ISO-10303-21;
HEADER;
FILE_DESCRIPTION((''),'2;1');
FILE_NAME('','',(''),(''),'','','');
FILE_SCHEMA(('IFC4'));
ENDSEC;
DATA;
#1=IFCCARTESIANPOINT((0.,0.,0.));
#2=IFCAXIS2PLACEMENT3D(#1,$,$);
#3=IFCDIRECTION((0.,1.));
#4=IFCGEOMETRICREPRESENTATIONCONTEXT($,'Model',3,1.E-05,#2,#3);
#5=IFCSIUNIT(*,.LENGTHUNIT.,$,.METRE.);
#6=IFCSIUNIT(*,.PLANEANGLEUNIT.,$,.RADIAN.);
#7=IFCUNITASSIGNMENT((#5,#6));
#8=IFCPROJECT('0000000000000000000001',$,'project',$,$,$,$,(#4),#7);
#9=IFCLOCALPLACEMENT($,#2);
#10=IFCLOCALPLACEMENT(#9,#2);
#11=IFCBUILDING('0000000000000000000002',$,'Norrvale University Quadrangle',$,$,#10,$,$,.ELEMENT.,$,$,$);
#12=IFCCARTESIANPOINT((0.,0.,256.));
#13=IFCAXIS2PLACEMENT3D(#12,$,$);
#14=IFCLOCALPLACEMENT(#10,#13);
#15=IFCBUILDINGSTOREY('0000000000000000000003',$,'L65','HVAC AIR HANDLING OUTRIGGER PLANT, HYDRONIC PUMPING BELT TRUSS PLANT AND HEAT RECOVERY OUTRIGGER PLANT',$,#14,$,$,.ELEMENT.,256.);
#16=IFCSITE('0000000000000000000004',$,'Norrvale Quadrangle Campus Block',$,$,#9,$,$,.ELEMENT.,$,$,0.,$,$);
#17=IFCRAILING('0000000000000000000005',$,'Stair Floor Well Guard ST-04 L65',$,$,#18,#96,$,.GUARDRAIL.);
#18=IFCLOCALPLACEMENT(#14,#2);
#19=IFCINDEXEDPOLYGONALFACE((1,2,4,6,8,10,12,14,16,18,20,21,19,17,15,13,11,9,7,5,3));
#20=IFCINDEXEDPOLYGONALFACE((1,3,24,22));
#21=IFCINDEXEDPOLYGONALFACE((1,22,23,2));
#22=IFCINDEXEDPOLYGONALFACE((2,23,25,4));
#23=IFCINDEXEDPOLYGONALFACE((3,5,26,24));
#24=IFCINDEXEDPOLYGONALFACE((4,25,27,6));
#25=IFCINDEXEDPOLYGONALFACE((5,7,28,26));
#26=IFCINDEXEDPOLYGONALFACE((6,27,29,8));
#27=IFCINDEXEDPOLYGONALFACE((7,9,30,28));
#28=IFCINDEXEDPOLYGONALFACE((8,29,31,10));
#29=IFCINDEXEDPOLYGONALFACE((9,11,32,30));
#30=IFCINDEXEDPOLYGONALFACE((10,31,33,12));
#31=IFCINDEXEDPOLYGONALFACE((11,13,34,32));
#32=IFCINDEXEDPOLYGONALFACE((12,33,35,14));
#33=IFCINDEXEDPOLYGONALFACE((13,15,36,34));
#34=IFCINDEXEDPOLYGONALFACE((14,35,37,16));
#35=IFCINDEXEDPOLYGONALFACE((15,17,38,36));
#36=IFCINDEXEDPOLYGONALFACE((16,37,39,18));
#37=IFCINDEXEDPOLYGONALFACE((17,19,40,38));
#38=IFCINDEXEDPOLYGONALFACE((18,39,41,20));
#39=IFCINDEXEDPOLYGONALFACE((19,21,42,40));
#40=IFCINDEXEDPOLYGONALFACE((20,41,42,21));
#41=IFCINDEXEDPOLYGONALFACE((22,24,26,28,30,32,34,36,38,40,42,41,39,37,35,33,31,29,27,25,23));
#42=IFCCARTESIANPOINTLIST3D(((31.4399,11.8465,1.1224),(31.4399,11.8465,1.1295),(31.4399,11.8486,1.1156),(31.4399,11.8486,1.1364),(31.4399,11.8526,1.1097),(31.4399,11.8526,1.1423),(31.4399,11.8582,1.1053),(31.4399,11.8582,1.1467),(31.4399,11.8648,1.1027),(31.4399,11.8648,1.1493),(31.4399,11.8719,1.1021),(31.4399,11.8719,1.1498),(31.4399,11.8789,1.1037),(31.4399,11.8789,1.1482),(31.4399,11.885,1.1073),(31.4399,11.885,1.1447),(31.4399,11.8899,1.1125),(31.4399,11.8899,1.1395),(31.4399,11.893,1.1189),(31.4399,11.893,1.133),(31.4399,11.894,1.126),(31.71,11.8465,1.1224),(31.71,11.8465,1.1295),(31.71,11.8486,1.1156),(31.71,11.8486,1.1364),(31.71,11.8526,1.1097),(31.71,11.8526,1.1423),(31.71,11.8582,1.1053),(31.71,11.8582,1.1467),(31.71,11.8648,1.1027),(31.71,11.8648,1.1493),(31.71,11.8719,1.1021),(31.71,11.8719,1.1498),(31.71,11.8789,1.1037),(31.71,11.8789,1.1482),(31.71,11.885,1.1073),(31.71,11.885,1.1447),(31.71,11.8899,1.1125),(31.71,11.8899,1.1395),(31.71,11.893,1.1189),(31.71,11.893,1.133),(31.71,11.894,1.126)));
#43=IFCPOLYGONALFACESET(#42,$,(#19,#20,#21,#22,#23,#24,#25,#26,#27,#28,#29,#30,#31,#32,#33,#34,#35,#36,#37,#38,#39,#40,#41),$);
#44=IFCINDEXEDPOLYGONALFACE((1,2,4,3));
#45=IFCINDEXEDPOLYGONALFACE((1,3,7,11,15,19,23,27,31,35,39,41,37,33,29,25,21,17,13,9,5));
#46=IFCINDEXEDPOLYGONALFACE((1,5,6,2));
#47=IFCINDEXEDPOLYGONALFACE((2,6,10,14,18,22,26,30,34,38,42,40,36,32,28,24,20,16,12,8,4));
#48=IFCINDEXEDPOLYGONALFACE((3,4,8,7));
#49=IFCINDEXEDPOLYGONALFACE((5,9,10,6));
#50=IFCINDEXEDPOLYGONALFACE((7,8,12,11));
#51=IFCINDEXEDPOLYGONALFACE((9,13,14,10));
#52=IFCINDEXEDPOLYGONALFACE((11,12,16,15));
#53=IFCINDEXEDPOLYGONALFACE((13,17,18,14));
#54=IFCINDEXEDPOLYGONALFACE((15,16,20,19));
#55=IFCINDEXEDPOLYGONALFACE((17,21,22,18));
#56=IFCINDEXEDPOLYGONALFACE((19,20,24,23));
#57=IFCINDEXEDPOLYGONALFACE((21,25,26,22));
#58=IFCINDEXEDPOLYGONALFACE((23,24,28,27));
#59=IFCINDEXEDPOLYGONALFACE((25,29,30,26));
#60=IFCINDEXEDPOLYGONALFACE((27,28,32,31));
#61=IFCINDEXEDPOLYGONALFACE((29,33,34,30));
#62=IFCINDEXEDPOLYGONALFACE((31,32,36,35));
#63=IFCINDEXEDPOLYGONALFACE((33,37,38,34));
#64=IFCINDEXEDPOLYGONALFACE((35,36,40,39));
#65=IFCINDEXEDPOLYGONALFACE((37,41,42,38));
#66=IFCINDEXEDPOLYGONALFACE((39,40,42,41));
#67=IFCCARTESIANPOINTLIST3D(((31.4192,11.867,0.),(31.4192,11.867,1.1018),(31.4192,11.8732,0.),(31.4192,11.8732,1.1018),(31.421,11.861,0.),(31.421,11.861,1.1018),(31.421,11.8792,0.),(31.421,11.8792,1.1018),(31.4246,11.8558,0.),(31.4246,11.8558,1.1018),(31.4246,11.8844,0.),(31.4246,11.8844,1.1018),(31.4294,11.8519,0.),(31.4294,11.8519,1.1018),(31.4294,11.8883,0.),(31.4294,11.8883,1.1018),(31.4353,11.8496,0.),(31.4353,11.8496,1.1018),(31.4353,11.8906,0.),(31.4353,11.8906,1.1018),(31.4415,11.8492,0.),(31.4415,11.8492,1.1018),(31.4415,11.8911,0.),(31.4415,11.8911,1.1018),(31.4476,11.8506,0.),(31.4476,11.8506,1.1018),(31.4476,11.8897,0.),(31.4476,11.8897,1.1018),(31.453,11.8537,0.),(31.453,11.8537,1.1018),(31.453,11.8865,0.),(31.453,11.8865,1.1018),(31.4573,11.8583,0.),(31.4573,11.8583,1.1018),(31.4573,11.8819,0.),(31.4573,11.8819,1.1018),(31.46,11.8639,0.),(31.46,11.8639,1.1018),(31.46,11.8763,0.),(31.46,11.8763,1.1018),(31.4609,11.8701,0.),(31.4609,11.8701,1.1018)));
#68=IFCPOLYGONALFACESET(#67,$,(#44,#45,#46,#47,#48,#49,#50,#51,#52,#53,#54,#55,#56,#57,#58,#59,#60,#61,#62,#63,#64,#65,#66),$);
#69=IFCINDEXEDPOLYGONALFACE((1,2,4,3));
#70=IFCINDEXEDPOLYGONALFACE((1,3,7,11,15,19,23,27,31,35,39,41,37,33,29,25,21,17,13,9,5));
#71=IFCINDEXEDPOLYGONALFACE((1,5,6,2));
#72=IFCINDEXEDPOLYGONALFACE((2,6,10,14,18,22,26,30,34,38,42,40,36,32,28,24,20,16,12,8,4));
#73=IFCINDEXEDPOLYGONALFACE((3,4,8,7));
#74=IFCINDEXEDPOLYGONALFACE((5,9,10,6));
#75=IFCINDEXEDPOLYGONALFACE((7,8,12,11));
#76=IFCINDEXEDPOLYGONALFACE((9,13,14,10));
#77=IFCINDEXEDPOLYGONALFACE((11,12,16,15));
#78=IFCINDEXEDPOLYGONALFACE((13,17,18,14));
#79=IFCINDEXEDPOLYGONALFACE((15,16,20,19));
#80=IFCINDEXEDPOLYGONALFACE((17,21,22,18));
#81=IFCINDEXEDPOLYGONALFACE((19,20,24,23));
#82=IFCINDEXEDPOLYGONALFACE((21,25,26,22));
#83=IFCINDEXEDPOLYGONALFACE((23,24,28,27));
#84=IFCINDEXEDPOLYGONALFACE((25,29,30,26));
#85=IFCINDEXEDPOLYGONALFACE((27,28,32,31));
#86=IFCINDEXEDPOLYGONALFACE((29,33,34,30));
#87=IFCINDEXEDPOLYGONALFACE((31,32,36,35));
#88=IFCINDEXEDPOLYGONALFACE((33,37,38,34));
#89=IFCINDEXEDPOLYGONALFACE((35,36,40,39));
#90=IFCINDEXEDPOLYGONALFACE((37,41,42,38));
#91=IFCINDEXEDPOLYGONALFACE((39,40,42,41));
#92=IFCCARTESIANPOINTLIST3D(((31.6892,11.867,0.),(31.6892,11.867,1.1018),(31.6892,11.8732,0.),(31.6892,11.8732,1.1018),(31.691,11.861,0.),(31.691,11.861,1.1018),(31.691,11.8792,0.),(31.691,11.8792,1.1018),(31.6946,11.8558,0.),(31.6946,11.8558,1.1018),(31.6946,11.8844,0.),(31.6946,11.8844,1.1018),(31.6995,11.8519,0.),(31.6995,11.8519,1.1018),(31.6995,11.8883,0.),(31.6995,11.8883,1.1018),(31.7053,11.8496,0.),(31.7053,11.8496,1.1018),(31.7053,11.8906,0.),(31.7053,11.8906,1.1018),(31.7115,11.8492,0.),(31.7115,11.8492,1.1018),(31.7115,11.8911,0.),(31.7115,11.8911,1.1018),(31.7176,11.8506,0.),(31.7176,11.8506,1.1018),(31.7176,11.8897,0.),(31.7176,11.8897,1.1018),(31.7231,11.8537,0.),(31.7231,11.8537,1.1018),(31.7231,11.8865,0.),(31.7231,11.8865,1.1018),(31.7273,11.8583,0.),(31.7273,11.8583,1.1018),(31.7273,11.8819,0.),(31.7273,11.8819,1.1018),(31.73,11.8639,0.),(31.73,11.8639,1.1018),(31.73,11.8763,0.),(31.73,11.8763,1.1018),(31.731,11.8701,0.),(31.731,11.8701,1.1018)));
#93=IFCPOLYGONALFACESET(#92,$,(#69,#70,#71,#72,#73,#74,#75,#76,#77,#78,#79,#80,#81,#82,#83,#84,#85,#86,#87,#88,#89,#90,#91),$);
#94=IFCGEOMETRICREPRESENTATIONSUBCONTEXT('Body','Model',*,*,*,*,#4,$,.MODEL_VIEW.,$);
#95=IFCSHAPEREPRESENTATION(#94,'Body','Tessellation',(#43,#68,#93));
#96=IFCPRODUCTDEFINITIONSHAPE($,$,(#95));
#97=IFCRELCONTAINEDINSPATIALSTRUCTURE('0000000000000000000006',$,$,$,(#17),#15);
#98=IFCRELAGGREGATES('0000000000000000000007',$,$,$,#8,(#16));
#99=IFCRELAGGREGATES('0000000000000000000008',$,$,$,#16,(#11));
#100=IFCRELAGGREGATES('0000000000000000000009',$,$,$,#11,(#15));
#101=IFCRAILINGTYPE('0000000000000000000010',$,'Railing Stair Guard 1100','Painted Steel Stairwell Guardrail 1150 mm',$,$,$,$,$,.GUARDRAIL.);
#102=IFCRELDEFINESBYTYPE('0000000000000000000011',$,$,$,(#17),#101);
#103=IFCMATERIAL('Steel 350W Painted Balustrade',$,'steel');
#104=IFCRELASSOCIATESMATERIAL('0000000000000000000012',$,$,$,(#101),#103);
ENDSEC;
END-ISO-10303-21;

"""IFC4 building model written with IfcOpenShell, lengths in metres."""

from ifc_helpers import new_model, si_unit, direction, frame, origin, origin_2d, place, context, subcontext, project, spatial, circle, extrude, material, type_object, element, save


model = new_model("IFC4")

# Units and contexts
model_context = context("Model", 3, precision=1e-05, world=origin(), true_north=direction((0.0, 1.0)))
body_context = subcontext(model_context, "Body", "Model", "MODEL_VIEW")
ifc_project = project(units=[si_unit("LENGTHUNIT", "METRE"), si_unit("PLANEANGLEUNIT", "RADIAN")], contexts=[model_context])

# Site, building, storey
site_placement = place(None, origin())
site = spatial("IfcSite", under=ifc_project, at=site_placement, Name="Norrvale Quadrangle Campus Block", CompositionType="ELEMENT", RefElevation=0.0)
building_placement = place(site_placement, origin())
building = spatial("IfcBuilding", under=site, at=building_placement, Name="Norrvale University Quadrangle", CompositionType="ELEMENT")
storey_placement = place(building_placement, frame((0.0, 0.0, 256.0)))
storey = spatial("IfcBuildingStorey", under=building, at=storey_placement, Name="L65", Description="HVAC AIR HANDLING OUTRIGGER PLANT, HYDRONIC PUMPING BELT TRUSS PLANT AND HEAT RECOVERY OUTRIGGER PLANT", CompositionType="ELEMENT", Elevation=256.0)

# Railing
ifc_material_1 = material(Name="Steel 350W Painted Balustrade", Category="steel")
railing_type_1 = type_object("IfcRailingType", Name="Railing Stair Guard 1100", Description="Painted Steel Stairwell Guardrail 1150 mm", PredefinedType="GUARDRAIL", material=ifc_material_1)
railing_1_placement = place(storey_placement, frame((31.4399, 11.8701, 0.0)))
element("IfcRailing", 1, at=railing_1_placement, inside=storey, type_object=railing_type_1, Name="Stair Floor Well Guard ST-04 L65", PredefinedType="GUARDRAIL", context=body_context, shape_type="SweptSolid", body=[
    extrude(circle(Radius=0.0239, at=origin_2d()), frame((0.0, 0.0, 1.126), z_axis=(1.0, 0.0, 0.0), x_axis=(0.0, 1.0, 0.0)), (0.0, 0.0, 1.0), 0.27),
    extrude(circle(Radius=0.021, at=origin_2d()), origin(), (0.0, 0.0, 1.0), 1.1018),
    extrude(circle(Radius=0.021, at=origin_2d()), frame((0.27, 0.0, 0.0)), (0.0, 0.0, 1.0), 1.1018),
])

save(model, "model.ifc")
